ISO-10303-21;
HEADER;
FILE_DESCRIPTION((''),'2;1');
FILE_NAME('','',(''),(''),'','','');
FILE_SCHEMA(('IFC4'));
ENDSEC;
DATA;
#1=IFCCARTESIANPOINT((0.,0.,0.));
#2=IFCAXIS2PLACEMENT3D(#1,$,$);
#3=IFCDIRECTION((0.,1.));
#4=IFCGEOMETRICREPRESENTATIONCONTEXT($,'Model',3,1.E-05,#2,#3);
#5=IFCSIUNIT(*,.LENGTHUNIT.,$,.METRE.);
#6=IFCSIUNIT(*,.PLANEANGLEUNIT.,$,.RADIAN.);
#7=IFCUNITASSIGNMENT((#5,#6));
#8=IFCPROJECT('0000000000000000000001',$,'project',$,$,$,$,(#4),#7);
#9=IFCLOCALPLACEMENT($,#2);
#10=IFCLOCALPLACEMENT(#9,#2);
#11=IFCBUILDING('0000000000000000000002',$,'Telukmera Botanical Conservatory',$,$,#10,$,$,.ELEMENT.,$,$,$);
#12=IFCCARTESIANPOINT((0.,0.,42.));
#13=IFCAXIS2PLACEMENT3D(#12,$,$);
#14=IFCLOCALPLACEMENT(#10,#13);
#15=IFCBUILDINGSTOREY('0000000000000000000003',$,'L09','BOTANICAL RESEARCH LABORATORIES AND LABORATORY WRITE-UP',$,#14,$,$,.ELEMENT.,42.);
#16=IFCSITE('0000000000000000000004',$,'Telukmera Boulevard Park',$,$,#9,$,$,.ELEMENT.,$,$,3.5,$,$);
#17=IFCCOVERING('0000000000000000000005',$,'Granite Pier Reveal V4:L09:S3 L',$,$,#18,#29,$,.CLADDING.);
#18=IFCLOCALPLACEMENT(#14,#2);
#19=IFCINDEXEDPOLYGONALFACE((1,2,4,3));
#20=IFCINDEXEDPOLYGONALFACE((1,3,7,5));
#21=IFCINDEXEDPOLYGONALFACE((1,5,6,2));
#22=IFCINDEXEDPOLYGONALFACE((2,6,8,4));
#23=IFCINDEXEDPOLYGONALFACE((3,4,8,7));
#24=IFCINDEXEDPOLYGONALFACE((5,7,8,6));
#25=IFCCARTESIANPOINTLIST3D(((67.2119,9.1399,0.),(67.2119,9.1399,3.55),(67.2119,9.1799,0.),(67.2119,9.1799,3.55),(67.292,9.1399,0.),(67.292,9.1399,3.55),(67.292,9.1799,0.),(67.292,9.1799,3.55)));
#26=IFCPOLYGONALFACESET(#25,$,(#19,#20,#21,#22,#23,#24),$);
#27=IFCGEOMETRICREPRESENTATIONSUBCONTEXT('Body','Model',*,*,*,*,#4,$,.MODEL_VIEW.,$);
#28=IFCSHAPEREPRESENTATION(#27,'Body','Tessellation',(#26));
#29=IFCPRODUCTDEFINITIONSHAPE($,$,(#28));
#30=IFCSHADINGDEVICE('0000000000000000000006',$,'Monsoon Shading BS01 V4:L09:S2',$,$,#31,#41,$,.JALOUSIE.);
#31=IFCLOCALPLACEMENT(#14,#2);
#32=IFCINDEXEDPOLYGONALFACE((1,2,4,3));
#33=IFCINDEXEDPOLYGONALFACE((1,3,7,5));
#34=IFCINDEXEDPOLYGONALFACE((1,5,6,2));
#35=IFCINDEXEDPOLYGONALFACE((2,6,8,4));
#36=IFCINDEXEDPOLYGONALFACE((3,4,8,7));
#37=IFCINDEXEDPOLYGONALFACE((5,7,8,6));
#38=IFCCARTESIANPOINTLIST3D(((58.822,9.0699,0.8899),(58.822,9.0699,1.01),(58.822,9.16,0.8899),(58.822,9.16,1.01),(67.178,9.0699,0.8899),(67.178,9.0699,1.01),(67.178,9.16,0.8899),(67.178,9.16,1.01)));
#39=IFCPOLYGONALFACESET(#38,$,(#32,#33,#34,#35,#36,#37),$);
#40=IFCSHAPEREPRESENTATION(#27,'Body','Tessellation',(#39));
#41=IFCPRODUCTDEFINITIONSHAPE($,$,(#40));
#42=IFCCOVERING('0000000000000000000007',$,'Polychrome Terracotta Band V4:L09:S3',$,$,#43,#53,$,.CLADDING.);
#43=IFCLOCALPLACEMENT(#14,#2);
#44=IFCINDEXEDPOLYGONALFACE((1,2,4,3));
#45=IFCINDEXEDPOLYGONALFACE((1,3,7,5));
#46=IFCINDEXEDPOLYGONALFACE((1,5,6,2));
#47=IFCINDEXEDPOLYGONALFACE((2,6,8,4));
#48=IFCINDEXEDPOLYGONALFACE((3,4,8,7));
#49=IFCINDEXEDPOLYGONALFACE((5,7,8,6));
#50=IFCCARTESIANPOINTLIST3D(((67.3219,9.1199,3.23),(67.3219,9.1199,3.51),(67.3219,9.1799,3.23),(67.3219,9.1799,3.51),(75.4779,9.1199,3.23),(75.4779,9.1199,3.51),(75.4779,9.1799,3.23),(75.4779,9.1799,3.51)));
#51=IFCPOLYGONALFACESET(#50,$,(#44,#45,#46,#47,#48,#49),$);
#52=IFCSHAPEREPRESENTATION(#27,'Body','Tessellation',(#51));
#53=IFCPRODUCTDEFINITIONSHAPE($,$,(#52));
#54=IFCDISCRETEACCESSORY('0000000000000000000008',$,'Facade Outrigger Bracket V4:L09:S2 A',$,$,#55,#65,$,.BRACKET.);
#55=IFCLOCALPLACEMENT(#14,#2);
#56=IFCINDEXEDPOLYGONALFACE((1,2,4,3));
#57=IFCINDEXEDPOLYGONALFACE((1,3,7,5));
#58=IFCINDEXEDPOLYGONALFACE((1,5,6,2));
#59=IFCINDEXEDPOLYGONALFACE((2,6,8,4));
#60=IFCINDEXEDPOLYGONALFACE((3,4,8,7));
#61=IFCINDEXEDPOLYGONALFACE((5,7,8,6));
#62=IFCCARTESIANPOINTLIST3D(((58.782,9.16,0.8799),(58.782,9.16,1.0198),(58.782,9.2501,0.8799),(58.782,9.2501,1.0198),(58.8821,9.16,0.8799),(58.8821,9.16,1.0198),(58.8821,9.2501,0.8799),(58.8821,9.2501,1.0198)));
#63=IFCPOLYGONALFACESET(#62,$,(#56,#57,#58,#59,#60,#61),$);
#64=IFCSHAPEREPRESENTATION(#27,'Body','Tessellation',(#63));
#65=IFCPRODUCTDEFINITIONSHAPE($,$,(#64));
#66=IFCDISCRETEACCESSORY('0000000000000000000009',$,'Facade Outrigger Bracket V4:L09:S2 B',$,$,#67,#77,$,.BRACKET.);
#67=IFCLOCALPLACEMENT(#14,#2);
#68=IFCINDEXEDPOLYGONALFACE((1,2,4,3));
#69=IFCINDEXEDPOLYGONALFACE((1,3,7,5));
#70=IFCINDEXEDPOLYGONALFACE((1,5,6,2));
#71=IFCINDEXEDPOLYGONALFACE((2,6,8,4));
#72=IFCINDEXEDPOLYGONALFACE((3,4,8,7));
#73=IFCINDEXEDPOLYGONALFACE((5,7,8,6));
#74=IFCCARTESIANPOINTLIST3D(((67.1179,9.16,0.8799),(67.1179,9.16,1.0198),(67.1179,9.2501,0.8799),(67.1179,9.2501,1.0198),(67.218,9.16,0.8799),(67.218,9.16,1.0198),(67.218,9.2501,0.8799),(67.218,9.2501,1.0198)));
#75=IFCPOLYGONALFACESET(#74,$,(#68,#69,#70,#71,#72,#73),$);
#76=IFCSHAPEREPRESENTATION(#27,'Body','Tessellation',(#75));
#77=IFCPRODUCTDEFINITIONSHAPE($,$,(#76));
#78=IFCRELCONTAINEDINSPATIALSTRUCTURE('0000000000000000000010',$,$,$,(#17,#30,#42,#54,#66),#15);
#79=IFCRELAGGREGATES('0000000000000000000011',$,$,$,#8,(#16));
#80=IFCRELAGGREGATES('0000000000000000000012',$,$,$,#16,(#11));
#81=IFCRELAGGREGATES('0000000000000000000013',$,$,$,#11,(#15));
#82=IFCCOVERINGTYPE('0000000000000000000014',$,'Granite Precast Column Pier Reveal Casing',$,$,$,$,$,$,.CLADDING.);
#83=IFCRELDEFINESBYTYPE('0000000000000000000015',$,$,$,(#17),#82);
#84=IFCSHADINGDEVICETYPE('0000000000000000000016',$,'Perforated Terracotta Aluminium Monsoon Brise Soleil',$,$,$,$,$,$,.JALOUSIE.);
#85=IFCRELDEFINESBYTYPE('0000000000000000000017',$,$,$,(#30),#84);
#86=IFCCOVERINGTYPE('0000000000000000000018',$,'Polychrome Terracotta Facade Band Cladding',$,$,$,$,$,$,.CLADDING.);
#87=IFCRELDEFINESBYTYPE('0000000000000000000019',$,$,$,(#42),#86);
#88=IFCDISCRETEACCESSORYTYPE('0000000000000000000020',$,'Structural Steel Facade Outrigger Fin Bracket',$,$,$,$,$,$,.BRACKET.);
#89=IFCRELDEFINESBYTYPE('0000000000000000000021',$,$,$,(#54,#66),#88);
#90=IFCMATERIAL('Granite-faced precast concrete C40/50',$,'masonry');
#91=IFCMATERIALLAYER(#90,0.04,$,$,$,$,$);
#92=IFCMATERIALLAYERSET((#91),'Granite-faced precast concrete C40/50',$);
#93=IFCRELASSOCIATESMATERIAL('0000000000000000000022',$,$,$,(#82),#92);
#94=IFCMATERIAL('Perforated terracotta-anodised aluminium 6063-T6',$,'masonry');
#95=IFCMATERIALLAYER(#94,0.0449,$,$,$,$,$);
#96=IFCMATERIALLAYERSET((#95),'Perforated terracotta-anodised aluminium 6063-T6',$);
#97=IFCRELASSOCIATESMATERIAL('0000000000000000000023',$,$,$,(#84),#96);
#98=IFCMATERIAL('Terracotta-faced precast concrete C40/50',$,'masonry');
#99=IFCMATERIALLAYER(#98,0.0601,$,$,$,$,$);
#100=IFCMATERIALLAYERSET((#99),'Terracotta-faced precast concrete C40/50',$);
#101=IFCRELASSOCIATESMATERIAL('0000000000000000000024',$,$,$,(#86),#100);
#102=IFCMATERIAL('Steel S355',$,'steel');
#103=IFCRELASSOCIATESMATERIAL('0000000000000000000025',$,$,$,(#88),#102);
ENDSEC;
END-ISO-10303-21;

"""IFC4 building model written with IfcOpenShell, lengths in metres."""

from ifc_helpers import new_model, si_unit, direction, frame, origin, origin_2d, place, context, subcontext, project, spatial, rectangle, extrude, material, layer, layer_set, type_object, element, save


model = new_model("IFC4")

# Units and contexts
model_context = context("Model", 3, precision=1e-05, world=origin(), true_north=direction((0.0, 1.0)))
body_context = subcontext(model_context, "Body", "Model", "MODEL_VIEW")
ifc_project = project(units=[si_unit("LENGTHUNIT", "METRE"), si_unit("PLANEANGLEUNIT", "RADIAN")], contexts=[model_context])

# Site, building, storey
site_placement = place(None, origin())
site = spatial("IfcSite", under=ifc_project, at=site_placement, Name="Telukmera Boulevard Park", CompositionType="ELEMENT", RefElevation=3.5)
building_placement = place(site_placement, origin())
building = spatial("IfcBuilding", under=site, at=building_placement, Name="Telukmera Botanical Conservatory", CompositionType="ELEMENT")
storey_placement = place(building_placement, frame((0.0, 0.0, 42.0)))
storey = spatial("IfcBuildingStorey", under=building, at=storey_placement, Name="L09", Description="BOTANICAL RESEARCH LABORATORIES AND LABORATORY WRITE-UP", CompositionType="ELEMENT", Elevation=42.0)

# Covering
ifc_material_1 = material(Name="Granite-faced precast concrete C40/50", Category="masonry")
ifc_layer_1 = layer(ifc_material_1, 0.04)
ifc_layer_set_1 = layer_set([ifc_layer_1], Name="Granite-faced precast concrete C40/50")
covering_type_1 = type_object("IfcCoveringType", Name="Granite Precast Column Pier Reveal Casing", PredefinedType="CLADDING", material=ifc_layer_set_1)
for number, where, z_axis, x_axis, name in (
    (1, (67.252, 9.1599, 0.0), (0.0, 0.0, 1.0), (1.0, 0.0, 0.0), "Granite Pier Reveal V4:L09:S3 L"),
):
    element("IfcCovering", number, at=place(storey_placement, frame(where, z_axis=z_axis, x_axis=x_axis)), inside=storey, type_object=covering_type_1, Name=name, PredefinedType="CLADDING", context=body_context, shape_type="SweptSolid", body=[
        extrude(rectangle(XDim=0.0801, YDim=0.04, at=origin_2d()), origin(), (0.0, 0.0, 1.0), 3.55),
    ])

# Shading device
ifc_material_2 = material(Name="Perforated terracotta-anodised aluminium 6063-T6", Category="masonry")
ifc_layer_2 = layer(ifc_material_2, 0.0449)
ifc_layer_set_2 = layer_set([ifc_layer_2], Name="Perforated terracotta-anodised aluminium 6063-T6")
shading_device_type = type_object("IfcShadingDeviceType", Name="Perforated Terracotta Aluminium Monsoon Brise Soleil", PredefinedType="JALOUSIE", material=ifc_layer_set_2)
shading_device_placement = place(storey_placement, frame((63.0, 9.115, 0.8899), z_axis=(0.0, 0.0, 1.0), x_axis=(1.0, 0.0, 0.0)))
element("IfcShadingDevice", 2, at=shading_device_placement, inside=storey, type_object=shading_device_type, Name="Monsoon Shading BS01 V4:L09:S2", PredefinedType="JALOUSIE", context=body_context, shape_type="SweptSolid", body=[
    extrude(rectangle(XDim=8.356, YDim=0.0901, at=origin_2d()), origin(), (0.0, 0.0, 1.0), 0.1201),
])

# Covering
ifc_material_3 = material(Name="Terracotta-faced precast concrete C40/50", Category="masonry")
ifc_layer_3 = layer(ifc_material_3, 0.0601)
ifc_layer_set_3 = layer_set([ifc_layer_3], Name="Terracotta-faced precast concrete C40/50")
covering_type_2 = type_object("IfcCoveringType", Name="Polychrome Terracotta Facade Band Cladding", PredefinedType="CLADDING", material=ifc_layer_set_3)
covering_placement = place(storey_placement, frame((71.3999, 9.1499, 3.23), z_axis=(0.0, 0.0, 1.0), x_axis=(1.0, 0.0, 0.0)))
element("IfcCovering", 3, at=covering_placement, inside=storey, type_object=covering_type_2, Name="Polychrome Terracotta Band V4:L09:S3", PredefinedType="CLADDING", context=body_context, shape_type="SweptSolid", body=[
    extrude(rectangle(XDim=8.156, YDim=0.0601, at=origin_2d()), origin(), (0.0, 0.0, 1.0), 0.28),
])

# Discrete accessories
ifc_material_4 = material(Name="Steel S355", Category="steel")
discrete_accessory_type = type_object("IfcDiscreteAccessoryType", Name="Structural Steel Facade Outrigger Fin Bracket", PredefinedType="BRACKET", material=ifc_material_4)
for number, where, z_axis, x_axis, name in (
    (4, (58.832, 9.2051, 0.8799), (0.0, 0.0, 1.0), (1.0, 0.0, 0.0), "Facade Outrigger Bracket V4:L09:S2 A"),
    (5, (67.168, 9.2051, 0.8799), (0.0, 0.0, 1.0), (1.0, 0.0, 0.0), "Facade Outrigger Bracket V4:L09:S2 B"),
):
    element("IfcDiscreteAccessory", number, at=place(storey_placement, frame(where, z_axis=z_axis, x_axis=x_axis)), inside=storey, type_object=discrete_accessory_type, Name=name, PredefinedType="BRACKET", context=body_context, shape_type="SweptSolid", body=[
        extrude(rectangle(XDim=0.1001, YDim=0.0901, at=origin_2d()), origin(), (0.0, 0.0, 1.0), 0.1399),
    ])

save(model, "model.ifc")
